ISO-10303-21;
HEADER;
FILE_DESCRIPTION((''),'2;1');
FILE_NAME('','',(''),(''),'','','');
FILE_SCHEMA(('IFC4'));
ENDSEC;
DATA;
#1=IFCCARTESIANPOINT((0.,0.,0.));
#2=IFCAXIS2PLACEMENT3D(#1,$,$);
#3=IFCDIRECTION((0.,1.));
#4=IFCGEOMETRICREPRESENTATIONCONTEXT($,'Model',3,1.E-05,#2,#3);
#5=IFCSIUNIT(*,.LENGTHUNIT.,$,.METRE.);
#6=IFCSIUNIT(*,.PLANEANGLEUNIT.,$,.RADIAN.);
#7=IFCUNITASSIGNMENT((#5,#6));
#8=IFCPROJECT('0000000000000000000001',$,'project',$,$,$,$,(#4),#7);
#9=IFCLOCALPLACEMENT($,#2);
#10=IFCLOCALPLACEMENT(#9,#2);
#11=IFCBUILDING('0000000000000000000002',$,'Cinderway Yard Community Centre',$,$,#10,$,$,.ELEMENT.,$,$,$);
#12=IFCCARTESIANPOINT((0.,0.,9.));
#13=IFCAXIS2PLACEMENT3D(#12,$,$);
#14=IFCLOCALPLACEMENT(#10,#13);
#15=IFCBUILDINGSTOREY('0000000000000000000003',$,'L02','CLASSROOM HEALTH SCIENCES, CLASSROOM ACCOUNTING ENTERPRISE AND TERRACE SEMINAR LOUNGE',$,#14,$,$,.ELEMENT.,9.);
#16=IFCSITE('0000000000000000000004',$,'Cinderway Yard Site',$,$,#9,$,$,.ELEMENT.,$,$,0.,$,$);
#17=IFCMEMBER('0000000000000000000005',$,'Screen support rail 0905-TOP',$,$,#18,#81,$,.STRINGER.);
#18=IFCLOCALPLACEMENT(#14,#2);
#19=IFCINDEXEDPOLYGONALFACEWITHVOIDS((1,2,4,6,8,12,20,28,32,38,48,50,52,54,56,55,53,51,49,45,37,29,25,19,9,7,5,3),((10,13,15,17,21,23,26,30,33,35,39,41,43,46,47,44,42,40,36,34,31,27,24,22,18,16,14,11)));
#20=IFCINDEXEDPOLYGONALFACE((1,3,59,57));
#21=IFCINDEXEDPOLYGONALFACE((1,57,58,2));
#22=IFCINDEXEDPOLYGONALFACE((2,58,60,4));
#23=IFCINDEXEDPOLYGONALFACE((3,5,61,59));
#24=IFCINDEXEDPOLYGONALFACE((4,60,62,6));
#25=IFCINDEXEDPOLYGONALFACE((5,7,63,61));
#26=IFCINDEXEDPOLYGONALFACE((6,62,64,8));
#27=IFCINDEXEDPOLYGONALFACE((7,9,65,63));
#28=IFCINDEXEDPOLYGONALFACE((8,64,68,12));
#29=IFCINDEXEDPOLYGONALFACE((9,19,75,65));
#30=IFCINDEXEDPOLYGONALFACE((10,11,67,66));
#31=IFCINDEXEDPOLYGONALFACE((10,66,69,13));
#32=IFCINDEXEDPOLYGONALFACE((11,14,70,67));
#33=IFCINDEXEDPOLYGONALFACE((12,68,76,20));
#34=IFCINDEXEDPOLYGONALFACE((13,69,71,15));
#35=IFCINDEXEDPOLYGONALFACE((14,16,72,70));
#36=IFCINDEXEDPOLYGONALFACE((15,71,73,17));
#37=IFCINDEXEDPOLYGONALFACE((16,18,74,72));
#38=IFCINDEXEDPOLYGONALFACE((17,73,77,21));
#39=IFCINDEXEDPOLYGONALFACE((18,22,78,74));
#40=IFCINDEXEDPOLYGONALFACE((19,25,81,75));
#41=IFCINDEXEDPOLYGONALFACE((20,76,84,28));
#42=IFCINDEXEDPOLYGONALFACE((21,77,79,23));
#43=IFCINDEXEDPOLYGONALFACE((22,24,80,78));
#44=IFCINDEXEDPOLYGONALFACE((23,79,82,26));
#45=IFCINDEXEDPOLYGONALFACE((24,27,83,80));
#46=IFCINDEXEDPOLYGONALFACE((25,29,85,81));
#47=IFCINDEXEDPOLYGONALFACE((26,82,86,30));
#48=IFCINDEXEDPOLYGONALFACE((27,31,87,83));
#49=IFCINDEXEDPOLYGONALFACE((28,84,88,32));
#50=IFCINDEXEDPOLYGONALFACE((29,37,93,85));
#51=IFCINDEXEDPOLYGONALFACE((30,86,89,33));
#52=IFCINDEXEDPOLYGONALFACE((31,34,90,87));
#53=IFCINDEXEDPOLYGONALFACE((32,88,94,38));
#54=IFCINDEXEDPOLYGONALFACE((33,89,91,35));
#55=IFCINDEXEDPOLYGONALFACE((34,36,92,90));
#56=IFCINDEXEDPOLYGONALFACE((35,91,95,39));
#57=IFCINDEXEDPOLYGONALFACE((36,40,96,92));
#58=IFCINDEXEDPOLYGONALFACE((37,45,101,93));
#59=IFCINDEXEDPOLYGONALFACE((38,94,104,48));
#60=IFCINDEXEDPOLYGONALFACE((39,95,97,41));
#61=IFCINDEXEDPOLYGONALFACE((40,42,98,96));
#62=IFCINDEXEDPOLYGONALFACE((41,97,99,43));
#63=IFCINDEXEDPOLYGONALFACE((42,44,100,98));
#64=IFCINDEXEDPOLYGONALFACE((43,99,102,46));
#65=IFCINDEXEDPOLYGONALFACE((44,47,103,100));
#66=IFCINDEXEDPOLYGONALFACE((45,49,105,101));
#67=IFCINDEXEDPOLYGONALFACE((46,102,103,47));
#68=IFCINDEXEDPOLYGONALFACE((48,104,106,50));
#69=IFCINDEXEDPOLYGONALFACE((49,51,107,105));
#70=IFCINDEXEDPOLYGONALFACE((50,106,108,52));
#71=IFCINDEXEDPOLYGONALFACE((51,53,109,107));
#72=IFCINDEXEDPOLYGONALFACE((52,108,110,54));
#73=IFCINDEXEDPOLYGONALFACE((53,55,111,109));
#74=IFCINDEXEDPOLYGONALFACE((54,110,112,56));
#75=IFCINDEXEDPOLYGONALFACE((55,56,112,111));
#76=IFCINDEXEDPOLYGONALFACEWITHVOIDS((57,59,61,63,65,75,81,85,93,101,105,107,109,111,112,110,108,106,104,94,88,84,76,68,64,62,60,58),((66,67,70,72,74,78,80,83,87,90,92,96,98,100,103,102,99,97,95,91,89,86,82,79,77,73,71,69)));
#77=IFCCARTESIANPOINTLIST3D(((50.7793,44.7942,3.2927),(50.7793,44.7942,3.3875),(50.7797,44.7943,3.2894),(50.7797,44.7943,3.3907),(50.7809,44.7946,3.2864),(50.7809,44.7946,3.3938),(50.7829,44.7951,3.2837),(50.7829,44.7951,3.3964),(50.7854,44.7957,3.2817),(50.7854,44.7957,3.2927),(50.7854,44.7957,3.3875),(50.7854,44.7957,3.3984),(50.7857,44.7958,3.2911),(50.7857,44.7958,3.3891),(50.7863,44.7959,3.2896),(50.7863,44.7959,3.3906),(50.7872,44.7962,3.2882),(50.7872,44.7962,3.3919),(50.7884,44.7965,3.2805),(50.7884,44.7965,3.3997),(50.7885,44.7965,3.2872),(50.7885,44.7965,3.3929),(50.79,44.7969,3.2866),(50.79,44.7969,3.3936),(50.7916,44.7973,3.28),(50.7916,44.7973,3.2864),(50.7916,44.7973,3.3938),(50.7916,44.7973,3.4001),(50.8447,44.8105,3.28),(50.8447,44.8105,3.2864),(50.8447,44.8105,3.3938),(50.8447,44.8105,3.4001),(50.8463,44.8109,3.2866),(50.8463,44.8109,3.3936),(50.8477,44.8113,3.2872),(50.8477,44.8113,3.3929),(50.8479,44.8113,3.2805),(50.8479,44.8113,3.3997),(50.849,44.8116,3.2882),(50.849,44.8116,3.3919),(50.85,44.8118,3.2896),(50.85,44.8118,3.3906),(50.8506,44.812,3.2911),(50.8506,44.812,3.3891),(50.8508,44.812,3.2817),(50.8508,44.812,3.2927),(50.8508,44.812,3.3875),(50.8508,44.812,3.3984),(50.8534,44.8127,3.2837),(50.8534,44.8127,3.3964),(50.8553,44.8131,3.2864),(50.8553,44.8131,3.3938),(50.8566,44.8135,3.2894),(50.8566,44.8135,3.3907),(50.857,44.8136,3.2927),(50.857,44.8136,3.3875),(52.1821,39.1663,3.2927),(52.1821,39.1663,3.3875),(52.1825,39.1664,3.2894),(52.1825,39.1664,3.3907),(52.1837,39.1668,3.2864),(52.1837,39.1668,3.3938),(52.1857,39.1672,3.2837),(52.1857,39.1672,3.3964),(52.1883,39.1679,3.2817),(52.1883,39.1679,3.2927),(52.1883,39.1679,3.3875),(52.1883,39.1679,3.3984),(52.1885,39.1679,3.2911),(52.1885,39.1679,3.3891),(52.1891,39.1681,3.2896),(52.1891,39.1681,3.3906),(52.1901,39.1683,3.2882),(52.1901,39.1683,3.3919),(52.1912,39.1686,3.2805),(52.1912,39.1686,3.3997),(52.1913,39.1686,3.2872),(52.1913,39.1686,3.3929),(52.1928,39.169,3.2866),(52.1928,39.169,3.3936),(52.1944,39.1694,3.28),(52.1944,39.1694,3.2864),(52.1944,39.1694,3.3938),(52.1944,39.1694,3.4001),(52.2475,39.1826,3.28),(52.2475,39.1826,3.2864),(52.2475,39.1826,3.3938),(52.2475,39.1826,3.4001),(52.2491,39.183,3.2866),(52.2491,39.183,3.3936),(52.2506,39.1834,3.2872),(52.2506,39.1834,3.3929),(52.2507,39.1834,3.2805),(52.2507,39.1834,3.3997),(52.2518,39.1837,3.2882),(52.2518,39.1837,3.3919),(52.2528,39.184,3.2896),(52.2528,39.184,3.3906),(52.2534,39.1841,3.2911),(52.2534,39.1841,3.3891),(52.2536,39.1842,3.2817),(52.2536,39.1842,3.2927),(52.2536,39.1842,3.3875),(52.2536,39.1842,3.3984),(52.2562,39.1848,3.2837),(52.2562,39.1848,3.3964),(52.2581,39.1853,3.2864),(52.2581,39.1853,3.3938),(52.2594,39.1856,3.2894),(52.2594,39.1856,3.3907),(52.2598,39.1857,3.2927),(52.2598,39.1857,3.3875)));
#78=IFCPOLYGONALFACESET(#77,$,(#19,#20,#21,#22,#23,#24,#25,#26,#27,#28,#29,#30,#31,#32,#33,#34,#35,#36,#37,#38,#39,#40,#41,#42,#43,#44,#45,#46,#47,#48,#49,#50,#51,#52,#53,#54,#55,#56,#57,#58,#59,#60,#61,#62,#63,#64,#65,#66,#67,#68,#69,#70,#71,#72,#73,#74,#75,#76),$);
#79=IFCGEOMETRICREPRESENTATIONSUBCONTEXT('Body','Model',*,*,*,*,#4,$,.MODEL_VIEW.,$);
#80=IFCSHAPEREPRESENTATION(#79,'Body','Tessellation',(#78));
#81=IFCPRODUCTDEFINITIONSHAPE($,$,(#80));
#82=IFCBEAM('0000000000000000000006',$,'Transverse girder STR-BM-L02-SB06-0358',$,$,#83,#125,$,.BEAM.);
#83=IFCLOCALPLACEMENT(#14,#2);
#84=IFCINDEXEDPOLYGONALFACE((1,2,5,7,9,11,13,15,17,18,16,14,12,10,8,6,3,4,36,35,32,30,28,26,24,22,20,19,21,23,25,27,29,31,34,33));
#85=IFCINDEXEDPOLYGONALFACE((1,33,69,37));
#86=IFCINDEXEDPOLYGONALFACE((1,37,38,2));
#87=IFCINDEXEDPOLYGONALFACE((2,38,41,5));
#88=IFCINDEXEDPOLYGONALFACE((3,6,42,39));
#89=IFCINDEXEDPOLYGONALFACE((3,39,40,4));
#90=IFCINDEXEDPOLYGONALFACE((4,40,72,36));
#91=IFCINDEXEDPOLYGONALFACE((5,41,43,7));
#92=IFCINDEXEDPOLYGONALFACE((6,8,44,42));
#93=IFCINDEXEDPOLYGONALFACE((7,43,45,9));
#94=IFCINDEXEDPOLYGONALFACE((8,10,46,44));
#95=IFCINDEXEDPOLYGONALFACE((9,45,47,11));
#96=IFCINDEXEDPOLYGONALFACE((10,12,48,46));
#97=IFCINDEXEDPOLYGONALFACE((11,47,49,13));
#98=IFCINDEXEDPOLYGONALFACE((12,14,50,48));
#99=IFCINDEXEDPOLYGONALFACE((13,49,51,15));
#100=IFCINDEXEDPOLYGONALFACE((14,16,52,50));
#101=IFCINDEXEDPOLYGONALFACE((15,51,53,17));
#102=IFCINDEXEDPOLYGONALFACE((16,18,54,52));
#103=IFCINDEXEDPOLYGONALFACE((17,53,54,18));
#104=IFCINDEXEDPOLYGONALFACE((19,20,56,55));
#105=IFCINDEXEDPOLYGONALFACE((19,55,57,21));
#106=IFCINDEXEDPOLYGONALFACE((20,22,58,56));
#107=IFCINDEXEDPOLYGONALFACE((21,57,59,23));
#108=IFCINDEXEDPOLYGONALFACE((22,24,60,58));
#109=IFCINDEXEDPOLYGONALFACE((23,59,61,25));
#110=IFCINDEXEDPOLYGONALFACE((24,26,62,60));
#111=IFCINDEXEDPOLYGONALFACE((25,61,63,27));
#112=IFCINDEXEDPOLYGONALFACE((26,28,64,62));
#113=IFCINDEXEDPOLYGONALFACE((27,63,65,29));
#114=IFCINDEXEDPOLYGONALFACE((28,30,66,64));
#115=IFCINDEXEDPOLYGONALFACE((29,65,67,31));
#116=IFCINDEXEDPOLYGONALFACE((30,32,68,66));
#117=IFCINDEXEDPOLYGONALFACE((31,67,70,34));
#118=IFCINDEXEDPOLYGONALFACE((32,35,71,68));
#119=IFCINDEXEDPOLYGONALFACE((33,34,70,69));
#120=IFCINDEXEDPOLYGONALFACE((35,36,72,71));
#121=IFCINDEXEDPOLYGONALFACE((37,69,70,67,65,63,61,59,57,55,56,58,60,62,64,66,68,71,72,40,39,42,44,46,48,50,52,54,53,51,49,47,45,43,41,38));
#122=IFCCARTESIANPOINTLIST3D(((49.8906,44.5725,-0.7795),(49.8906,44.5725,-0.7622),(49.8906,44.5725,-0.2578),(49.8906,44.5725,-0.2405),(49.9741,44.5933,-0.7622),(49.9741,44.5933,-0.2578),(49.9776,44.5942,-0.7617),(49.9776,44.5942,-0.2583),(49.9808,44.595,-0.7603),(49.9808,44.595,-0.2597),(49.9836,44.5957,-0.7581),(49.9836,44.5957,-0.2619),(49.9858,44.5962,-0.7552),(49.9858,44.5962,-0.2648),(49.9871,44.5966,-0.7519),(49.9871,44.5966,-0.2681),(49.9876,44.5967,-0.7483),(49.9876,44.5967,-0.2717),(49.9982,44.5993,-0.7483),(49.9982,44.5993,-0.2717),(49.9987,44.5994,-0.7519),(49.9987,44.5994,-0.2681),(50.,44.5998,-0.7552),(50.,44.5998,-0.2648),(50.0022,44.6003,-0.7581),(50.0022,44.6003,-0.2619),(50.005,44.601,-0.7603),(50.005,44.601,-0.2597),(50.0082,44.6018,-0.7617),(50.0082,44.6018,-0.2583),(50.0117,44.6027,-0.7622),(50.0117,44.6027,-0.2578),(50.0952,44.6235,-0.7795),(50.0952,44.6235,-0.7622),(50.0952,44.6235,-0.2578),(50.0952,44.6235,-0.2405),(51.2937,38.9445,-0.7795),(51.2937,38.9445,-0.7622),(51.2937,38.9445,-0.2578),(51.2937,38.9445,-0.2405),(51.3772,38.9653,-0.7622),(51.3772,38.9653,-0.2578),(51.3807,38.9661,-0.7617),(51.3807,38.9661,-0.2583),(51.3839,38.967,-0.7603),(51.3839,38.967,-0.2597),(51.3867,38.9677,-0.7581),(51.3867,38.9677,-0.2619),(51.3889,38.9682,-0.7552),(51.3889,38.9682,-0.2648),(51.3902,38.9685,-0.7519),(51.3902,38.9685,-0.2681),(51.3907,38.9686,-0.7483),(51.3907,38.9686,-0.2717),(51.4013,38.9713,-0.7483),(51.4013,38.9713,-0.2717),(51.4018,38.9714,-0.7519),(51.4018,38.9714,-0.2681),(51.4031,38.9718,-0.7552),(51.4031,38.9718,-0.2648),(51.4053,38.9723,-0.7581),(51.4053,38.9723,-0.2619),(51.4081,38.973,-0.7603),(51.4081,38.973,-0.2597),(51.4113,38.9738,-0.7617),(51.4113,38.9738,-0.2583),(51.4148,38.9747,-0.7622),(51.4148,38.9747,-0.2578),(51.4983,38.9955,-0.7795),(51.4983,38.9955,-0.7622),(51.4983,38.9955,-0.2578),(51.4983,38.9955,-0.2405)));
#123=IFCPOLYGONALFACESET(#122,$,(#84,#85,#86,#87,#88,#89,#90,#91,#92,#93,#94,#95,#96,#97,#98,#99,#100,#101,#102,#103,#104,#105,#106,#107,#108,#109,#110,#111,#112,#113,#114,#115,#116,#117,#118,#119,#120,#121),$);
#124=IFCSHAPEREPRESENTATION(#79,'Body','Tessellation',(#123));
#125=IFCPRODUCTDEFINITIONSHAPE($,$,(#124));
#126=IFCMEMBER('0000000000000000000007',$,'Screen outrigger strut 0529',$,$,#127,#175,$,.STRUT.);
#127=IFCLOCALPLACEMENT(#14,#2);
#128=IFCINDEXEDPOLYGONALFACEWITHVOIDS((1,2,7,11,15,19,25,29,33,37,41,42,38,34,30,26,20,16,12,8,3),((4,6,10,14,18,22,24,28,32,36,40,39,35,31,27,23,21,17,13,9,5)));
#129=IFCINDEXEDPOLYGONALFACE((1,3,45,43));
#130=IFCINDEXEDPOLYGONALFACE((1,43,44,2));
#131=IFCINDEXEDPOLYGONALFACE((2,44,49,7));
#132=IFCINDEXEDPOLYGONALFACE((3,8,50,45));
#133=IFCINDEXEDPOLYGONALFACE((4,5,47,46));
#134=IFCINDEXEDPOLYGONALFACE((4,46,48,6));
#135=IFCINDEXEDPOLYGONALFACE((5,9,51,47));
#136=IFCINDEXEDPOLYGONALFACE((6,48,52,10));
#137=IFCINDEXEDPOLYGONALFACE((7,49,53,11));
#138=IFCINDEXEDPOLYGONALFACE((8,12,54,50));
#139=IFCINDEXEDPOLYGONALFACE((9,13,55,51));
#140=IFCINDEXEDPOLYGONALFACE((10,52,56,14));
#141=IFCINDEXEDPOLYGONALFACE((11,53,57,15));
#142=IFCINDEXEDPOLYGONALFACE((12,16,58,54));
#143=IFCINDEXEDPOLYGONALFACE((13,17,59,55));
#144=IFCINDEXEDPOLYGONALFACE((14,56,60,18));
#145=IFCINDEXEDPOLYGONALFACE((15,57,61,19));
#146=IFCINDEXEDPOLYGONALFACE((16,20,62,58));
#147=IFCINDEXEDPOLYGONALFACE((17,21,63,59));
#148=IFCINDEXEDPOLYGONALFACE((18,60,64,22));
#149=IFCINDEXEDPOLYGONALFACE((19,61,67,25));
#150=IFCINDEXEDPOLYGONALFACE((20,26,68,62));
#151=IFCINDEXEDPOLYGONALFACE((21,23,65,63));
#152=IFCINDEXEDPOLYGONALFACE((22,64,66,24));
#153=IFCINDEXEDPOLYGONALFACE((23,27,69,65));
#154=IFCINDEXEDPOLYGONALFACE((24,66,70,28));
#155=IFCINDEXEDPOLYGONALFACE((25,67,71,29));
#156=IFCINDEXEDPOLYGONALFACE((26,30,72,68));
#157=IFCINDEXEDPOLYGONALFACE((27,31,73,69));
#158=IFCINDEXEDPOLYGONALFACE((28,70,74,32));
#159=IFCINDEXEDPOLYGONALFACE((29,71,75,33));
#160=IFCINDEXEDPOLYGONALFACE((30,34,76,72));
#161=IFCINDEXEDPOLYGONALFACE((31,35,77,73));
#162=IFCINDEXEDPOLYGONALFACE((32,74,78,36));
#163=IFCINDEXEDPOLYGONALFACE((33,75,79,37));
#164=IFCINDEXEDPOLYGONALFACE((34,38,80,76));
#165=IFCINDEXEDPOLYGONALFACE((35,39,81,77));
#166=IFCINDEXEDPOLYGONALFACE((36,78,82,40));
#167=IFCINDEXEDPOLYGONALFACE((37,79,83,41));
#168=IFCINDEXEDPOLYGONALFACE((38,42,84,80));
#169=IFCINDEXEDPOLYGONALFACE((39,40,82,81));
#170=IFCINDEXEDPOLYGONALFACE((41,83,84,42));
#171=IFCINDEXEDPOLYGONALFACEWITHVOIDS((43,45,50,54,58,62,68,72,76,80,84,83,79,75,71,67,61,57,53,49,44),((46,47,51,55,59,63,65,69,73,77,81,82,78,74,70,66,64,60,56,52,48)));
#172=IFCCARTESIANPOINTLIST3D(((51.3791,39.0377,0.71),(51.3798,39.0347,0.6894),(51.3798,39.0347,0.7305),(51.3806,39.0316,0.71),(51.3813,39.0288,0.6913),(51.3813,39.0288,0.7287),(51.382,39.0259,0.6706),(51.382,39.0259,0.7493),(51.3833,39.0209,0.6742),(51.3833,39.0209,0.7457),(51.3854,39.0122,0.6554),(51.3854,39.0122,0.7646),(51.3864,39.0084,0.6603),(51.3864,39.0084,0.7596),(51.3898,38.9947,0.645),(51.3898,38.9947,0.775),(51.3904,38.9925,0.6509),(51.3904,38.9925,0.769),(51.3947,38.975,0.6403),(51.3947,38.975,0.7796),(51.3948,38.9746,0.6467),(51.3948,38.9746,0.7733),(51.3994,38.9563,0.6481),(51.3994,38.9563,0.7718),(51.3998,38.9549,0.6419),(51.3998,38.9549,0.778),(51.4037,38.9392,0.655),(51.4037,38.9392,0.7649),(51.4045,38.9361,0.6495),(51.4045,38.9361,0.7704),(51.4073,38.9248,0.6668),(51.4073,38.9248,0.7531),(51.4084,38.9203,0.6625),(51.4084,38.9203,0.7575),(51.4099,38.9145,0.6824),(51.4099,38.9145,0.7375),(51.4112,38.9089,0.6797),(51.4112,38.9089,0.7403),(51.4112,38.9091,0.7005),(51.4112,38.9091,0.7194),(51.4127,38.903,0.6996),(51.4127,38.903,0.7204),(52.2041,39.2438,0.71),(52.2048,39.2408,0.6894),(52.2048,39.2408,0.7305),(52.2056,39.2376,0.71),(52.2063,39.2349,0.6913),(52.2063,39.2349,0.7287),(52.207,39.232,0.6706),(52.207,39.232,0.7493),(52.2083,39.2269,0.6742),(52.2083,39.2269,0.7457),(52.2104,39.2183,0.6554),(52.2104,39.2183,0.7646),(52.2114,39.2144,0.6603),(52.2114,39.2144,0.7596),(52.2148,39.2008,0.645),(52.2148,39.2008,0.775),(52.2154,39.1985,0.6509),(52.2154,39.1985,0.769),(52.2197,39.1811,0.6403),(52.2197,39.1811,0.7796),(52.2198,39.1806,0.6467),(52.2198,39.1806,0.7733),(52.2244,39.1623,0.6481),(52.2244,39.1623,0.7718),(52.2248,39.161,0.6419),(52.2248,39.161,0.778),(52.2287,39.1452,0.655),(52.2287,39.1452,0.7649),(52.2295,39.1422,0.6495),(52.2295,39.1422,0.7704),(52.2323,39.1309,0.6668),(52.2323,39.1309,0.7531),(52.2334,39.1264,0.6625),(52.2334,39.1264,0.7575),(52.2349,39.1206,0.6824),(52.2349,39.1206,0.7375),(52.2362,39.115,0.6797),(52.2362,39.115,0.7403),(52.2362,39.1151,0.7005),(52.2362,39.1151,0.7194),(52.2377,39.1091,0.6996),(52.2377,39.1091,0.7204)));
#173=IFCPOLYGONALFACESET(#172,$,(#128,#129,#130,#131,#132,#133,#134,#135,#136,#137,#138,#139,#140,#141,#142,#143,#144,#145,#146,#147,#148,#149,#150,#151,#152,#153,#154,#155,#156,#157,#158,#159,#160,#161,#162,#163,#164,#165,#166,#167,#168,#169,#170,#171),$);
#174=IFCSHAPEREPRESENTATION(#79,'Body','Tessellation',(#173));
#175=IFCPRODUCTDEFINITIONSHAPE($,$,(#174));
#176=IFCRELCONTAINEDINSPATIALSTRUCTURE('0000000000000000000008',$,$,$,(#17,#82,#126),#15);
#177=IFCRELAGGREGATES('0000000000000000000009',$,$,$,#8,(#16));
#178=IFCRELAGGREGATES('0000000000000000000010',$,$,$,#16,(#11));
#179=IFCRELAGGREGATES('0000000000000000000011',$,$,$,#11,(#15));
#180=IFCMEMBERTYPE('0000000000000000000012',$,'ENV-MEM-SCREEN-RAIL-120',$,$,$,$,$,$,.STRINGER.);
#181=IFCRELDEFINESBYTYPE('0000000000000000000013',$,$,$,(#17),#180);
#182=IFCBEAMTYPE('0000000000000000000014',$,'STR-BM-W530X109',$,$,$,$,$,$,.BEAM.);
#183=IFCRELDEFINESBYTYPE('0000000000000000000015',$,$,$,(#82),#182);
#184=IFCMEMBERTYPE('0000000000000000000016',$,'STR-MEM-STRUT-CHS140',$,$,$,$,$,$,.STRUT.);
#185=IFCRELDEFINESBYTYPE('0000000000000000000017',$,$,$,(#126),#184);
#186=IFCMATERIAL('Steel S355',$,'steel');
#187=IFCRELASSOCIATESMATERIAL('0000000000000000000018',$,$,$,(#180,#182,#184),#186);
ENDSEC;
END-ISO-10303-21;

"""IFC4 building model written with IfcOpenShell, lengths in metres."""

from ifc_helpers import new_model, si_unit, direction, frame, origin, origin_2d, place, context, subcontext, project, spatial, hollow_rectangle, hollow_circle, i_section, extrude, material, material_profile, profile_set, type_object, element, save


model = new_model("IFC4")

# Units and contexts
model_context = context("Model", 3, precision=1e-05, world=origin(), true_north=direction((0.0, 1.0)))
body_context = subcontext(model_context, "Body", "Model", "MODEL_VIEW")
ifc_project = project(units=[si_unit("LENGTHUNIT", "METRE"), si_unit("PLANEANGLEUNIT", "RADIAN")], contexts=[model_context])

# Site, building, storey
site_placement = place(None, origin())
site = spatial("IfcSite", under=ifc_project, at=site_placement, Name="Cinderway Yard Site", CompositionType="ELEMENT", RefElevation=0.0)
building_placement = place(site_placement, origin())
building = spatial("IfcBuilding", under=site, at=building_placement, Name="Cinderway Yard Community Centre", CompositionType="ELEMENT")
storey_placement = place(building_placement, frame((0.0, 0.0, 9.0)))
storey = spatial("IfcBuildingStorey", under=building, at=storey_placement, Name="L02", Description="CLASSROOM HEALTH SCIENCES, CLASSROOM ACCOUNTING ENTERPRISE AND TERRACE SEMINAR LOUNGE", CompositionType="ELEMENT", Elevation=9.0)

# Member
ifc_material_1 = material(Name="Steel S355", Category="steel")
ifc_material_profile_1 = material_profile(ifc_material_1, hollow_rectangle(XDim=0.0801, YDim=0.1201, WallThickness=0.0063, InnerFilletRadius=0.0063, OuterFilletRadius=0.0127, at=origin_2d()), Name="Steel S355")
ifc_profile_set_1 = profile_set([ifc_material_profile_1], Name="Steel S355")
member_type_1 = type_object("IfcMemberType", Name="ENV-MEM-SCREEN-RAIL-120", PredefinedType="STRINGER", material=ifc_profile_set_1)
for number, where, z_axis, x_axis, name in (
    (1, (52.2209, 39.176, 3.3401), (-0.241862, 0.970311, 0.0), (-0.970311, -0.241862, 0.0), "Screen support rail 0905-TOP"),
):
    element("IfcMember", number, at=place(storey_placement, frame(where, z_axis=z_axis, x_axis=x_axis)), inside=storey, type_object=member_type_1, Name=name, PredefinedType="STRINGER", context=body_context, shape_type="SweptSolid", body=[
        extrude(hollow_rectangle(XDim=0.0801, YDim=0.1201, WallThickness=0.0063, InnerFilletRadius=0.0063, OuterFilletRadius=0.0127, at=origin_2d()), origin(), (0.0, 0.0, 1.0), 5.8),
    ])

# Beam
ifc_material_profile_2 = material_profile(ifc_material_1, i_section(OverallWidth=0.2109, OverallDepth=0.5391, WebThickness=0.011, FlangeThickness=0.0173, FilletRadius=0.0139, at=origin_2d()), Name="Steel S355")
ifc_profile_set_2 = profile_set([ifc_material_profile_2], Name="Steel S355")
beam_type = type_object("IfcBeamType", Name="STR-BM-W530X109", PredefinedType="BEAM", material=ifc_profile_set_2)
beam_placement = place(storey_placement, frame((51.396, 38.97, -0.51), z_axis=(-0.241902, 0.970301, 0.0), x_axis=(-0.970301, -0.241902, 0.0)))
element("IfcBeam", 2, at=beam_placement, inside=storey, type_object=beam_type, Name="Transverse girder STR-BM-L02-SB06-0358", PredefinedType="BEAM", context=body_context, shape_type="SweptSolid", body=[
    extrude(i_section(OverallWidth=0.2109, OverallDepth=0.5391, WebThickness=0.011, FlangeThickness=0.0173, FilletRadius=0.0139, at=origin_2d()), origin(), (0.0, 0.0, 1.0), 5.8003),
])

# Member
ifc_material_profile_3 = material_profile(ifc_material_1, hollow_circle(Radius=0.0698, WallThickness=0.0063, at=origin_2d()), Name="Steel S355")
ifc_profile_set_3 = profile_set([ifc_material_profile_3], Name="Steel S355")
member_type_2 = type_object("IfcMemberType", Name="STR-MEM-STRUT-CHS140", PredefinedType="STRUT", material=ifc_profile_set_3)
for number, where, z_axis, x_axis, name in (
    (3, (51.396, 38.97, 0.71), (0.970193, 0.242333, 0.0), (-0.242333, 0.970193, 0.0), "Screen outrigger strut 0529"),
):
    element("IfcMember", number, at=place(storey_placement, frame(where, z_axis=z_axis, x_axis=x_axis)), inside=storey, type_object=member_type_2, Name=name, PredefinedType="STRUT", context=body_context, shape_type="SweptSolid", body=[
        extrude(hollow_circle(Radius=0.0698, WallThickness=0.0063, at=origin_2d()), origin(), (0.0, 0.0, 1.0), 0.8503),
    ])

save(model, "model.ifc")
